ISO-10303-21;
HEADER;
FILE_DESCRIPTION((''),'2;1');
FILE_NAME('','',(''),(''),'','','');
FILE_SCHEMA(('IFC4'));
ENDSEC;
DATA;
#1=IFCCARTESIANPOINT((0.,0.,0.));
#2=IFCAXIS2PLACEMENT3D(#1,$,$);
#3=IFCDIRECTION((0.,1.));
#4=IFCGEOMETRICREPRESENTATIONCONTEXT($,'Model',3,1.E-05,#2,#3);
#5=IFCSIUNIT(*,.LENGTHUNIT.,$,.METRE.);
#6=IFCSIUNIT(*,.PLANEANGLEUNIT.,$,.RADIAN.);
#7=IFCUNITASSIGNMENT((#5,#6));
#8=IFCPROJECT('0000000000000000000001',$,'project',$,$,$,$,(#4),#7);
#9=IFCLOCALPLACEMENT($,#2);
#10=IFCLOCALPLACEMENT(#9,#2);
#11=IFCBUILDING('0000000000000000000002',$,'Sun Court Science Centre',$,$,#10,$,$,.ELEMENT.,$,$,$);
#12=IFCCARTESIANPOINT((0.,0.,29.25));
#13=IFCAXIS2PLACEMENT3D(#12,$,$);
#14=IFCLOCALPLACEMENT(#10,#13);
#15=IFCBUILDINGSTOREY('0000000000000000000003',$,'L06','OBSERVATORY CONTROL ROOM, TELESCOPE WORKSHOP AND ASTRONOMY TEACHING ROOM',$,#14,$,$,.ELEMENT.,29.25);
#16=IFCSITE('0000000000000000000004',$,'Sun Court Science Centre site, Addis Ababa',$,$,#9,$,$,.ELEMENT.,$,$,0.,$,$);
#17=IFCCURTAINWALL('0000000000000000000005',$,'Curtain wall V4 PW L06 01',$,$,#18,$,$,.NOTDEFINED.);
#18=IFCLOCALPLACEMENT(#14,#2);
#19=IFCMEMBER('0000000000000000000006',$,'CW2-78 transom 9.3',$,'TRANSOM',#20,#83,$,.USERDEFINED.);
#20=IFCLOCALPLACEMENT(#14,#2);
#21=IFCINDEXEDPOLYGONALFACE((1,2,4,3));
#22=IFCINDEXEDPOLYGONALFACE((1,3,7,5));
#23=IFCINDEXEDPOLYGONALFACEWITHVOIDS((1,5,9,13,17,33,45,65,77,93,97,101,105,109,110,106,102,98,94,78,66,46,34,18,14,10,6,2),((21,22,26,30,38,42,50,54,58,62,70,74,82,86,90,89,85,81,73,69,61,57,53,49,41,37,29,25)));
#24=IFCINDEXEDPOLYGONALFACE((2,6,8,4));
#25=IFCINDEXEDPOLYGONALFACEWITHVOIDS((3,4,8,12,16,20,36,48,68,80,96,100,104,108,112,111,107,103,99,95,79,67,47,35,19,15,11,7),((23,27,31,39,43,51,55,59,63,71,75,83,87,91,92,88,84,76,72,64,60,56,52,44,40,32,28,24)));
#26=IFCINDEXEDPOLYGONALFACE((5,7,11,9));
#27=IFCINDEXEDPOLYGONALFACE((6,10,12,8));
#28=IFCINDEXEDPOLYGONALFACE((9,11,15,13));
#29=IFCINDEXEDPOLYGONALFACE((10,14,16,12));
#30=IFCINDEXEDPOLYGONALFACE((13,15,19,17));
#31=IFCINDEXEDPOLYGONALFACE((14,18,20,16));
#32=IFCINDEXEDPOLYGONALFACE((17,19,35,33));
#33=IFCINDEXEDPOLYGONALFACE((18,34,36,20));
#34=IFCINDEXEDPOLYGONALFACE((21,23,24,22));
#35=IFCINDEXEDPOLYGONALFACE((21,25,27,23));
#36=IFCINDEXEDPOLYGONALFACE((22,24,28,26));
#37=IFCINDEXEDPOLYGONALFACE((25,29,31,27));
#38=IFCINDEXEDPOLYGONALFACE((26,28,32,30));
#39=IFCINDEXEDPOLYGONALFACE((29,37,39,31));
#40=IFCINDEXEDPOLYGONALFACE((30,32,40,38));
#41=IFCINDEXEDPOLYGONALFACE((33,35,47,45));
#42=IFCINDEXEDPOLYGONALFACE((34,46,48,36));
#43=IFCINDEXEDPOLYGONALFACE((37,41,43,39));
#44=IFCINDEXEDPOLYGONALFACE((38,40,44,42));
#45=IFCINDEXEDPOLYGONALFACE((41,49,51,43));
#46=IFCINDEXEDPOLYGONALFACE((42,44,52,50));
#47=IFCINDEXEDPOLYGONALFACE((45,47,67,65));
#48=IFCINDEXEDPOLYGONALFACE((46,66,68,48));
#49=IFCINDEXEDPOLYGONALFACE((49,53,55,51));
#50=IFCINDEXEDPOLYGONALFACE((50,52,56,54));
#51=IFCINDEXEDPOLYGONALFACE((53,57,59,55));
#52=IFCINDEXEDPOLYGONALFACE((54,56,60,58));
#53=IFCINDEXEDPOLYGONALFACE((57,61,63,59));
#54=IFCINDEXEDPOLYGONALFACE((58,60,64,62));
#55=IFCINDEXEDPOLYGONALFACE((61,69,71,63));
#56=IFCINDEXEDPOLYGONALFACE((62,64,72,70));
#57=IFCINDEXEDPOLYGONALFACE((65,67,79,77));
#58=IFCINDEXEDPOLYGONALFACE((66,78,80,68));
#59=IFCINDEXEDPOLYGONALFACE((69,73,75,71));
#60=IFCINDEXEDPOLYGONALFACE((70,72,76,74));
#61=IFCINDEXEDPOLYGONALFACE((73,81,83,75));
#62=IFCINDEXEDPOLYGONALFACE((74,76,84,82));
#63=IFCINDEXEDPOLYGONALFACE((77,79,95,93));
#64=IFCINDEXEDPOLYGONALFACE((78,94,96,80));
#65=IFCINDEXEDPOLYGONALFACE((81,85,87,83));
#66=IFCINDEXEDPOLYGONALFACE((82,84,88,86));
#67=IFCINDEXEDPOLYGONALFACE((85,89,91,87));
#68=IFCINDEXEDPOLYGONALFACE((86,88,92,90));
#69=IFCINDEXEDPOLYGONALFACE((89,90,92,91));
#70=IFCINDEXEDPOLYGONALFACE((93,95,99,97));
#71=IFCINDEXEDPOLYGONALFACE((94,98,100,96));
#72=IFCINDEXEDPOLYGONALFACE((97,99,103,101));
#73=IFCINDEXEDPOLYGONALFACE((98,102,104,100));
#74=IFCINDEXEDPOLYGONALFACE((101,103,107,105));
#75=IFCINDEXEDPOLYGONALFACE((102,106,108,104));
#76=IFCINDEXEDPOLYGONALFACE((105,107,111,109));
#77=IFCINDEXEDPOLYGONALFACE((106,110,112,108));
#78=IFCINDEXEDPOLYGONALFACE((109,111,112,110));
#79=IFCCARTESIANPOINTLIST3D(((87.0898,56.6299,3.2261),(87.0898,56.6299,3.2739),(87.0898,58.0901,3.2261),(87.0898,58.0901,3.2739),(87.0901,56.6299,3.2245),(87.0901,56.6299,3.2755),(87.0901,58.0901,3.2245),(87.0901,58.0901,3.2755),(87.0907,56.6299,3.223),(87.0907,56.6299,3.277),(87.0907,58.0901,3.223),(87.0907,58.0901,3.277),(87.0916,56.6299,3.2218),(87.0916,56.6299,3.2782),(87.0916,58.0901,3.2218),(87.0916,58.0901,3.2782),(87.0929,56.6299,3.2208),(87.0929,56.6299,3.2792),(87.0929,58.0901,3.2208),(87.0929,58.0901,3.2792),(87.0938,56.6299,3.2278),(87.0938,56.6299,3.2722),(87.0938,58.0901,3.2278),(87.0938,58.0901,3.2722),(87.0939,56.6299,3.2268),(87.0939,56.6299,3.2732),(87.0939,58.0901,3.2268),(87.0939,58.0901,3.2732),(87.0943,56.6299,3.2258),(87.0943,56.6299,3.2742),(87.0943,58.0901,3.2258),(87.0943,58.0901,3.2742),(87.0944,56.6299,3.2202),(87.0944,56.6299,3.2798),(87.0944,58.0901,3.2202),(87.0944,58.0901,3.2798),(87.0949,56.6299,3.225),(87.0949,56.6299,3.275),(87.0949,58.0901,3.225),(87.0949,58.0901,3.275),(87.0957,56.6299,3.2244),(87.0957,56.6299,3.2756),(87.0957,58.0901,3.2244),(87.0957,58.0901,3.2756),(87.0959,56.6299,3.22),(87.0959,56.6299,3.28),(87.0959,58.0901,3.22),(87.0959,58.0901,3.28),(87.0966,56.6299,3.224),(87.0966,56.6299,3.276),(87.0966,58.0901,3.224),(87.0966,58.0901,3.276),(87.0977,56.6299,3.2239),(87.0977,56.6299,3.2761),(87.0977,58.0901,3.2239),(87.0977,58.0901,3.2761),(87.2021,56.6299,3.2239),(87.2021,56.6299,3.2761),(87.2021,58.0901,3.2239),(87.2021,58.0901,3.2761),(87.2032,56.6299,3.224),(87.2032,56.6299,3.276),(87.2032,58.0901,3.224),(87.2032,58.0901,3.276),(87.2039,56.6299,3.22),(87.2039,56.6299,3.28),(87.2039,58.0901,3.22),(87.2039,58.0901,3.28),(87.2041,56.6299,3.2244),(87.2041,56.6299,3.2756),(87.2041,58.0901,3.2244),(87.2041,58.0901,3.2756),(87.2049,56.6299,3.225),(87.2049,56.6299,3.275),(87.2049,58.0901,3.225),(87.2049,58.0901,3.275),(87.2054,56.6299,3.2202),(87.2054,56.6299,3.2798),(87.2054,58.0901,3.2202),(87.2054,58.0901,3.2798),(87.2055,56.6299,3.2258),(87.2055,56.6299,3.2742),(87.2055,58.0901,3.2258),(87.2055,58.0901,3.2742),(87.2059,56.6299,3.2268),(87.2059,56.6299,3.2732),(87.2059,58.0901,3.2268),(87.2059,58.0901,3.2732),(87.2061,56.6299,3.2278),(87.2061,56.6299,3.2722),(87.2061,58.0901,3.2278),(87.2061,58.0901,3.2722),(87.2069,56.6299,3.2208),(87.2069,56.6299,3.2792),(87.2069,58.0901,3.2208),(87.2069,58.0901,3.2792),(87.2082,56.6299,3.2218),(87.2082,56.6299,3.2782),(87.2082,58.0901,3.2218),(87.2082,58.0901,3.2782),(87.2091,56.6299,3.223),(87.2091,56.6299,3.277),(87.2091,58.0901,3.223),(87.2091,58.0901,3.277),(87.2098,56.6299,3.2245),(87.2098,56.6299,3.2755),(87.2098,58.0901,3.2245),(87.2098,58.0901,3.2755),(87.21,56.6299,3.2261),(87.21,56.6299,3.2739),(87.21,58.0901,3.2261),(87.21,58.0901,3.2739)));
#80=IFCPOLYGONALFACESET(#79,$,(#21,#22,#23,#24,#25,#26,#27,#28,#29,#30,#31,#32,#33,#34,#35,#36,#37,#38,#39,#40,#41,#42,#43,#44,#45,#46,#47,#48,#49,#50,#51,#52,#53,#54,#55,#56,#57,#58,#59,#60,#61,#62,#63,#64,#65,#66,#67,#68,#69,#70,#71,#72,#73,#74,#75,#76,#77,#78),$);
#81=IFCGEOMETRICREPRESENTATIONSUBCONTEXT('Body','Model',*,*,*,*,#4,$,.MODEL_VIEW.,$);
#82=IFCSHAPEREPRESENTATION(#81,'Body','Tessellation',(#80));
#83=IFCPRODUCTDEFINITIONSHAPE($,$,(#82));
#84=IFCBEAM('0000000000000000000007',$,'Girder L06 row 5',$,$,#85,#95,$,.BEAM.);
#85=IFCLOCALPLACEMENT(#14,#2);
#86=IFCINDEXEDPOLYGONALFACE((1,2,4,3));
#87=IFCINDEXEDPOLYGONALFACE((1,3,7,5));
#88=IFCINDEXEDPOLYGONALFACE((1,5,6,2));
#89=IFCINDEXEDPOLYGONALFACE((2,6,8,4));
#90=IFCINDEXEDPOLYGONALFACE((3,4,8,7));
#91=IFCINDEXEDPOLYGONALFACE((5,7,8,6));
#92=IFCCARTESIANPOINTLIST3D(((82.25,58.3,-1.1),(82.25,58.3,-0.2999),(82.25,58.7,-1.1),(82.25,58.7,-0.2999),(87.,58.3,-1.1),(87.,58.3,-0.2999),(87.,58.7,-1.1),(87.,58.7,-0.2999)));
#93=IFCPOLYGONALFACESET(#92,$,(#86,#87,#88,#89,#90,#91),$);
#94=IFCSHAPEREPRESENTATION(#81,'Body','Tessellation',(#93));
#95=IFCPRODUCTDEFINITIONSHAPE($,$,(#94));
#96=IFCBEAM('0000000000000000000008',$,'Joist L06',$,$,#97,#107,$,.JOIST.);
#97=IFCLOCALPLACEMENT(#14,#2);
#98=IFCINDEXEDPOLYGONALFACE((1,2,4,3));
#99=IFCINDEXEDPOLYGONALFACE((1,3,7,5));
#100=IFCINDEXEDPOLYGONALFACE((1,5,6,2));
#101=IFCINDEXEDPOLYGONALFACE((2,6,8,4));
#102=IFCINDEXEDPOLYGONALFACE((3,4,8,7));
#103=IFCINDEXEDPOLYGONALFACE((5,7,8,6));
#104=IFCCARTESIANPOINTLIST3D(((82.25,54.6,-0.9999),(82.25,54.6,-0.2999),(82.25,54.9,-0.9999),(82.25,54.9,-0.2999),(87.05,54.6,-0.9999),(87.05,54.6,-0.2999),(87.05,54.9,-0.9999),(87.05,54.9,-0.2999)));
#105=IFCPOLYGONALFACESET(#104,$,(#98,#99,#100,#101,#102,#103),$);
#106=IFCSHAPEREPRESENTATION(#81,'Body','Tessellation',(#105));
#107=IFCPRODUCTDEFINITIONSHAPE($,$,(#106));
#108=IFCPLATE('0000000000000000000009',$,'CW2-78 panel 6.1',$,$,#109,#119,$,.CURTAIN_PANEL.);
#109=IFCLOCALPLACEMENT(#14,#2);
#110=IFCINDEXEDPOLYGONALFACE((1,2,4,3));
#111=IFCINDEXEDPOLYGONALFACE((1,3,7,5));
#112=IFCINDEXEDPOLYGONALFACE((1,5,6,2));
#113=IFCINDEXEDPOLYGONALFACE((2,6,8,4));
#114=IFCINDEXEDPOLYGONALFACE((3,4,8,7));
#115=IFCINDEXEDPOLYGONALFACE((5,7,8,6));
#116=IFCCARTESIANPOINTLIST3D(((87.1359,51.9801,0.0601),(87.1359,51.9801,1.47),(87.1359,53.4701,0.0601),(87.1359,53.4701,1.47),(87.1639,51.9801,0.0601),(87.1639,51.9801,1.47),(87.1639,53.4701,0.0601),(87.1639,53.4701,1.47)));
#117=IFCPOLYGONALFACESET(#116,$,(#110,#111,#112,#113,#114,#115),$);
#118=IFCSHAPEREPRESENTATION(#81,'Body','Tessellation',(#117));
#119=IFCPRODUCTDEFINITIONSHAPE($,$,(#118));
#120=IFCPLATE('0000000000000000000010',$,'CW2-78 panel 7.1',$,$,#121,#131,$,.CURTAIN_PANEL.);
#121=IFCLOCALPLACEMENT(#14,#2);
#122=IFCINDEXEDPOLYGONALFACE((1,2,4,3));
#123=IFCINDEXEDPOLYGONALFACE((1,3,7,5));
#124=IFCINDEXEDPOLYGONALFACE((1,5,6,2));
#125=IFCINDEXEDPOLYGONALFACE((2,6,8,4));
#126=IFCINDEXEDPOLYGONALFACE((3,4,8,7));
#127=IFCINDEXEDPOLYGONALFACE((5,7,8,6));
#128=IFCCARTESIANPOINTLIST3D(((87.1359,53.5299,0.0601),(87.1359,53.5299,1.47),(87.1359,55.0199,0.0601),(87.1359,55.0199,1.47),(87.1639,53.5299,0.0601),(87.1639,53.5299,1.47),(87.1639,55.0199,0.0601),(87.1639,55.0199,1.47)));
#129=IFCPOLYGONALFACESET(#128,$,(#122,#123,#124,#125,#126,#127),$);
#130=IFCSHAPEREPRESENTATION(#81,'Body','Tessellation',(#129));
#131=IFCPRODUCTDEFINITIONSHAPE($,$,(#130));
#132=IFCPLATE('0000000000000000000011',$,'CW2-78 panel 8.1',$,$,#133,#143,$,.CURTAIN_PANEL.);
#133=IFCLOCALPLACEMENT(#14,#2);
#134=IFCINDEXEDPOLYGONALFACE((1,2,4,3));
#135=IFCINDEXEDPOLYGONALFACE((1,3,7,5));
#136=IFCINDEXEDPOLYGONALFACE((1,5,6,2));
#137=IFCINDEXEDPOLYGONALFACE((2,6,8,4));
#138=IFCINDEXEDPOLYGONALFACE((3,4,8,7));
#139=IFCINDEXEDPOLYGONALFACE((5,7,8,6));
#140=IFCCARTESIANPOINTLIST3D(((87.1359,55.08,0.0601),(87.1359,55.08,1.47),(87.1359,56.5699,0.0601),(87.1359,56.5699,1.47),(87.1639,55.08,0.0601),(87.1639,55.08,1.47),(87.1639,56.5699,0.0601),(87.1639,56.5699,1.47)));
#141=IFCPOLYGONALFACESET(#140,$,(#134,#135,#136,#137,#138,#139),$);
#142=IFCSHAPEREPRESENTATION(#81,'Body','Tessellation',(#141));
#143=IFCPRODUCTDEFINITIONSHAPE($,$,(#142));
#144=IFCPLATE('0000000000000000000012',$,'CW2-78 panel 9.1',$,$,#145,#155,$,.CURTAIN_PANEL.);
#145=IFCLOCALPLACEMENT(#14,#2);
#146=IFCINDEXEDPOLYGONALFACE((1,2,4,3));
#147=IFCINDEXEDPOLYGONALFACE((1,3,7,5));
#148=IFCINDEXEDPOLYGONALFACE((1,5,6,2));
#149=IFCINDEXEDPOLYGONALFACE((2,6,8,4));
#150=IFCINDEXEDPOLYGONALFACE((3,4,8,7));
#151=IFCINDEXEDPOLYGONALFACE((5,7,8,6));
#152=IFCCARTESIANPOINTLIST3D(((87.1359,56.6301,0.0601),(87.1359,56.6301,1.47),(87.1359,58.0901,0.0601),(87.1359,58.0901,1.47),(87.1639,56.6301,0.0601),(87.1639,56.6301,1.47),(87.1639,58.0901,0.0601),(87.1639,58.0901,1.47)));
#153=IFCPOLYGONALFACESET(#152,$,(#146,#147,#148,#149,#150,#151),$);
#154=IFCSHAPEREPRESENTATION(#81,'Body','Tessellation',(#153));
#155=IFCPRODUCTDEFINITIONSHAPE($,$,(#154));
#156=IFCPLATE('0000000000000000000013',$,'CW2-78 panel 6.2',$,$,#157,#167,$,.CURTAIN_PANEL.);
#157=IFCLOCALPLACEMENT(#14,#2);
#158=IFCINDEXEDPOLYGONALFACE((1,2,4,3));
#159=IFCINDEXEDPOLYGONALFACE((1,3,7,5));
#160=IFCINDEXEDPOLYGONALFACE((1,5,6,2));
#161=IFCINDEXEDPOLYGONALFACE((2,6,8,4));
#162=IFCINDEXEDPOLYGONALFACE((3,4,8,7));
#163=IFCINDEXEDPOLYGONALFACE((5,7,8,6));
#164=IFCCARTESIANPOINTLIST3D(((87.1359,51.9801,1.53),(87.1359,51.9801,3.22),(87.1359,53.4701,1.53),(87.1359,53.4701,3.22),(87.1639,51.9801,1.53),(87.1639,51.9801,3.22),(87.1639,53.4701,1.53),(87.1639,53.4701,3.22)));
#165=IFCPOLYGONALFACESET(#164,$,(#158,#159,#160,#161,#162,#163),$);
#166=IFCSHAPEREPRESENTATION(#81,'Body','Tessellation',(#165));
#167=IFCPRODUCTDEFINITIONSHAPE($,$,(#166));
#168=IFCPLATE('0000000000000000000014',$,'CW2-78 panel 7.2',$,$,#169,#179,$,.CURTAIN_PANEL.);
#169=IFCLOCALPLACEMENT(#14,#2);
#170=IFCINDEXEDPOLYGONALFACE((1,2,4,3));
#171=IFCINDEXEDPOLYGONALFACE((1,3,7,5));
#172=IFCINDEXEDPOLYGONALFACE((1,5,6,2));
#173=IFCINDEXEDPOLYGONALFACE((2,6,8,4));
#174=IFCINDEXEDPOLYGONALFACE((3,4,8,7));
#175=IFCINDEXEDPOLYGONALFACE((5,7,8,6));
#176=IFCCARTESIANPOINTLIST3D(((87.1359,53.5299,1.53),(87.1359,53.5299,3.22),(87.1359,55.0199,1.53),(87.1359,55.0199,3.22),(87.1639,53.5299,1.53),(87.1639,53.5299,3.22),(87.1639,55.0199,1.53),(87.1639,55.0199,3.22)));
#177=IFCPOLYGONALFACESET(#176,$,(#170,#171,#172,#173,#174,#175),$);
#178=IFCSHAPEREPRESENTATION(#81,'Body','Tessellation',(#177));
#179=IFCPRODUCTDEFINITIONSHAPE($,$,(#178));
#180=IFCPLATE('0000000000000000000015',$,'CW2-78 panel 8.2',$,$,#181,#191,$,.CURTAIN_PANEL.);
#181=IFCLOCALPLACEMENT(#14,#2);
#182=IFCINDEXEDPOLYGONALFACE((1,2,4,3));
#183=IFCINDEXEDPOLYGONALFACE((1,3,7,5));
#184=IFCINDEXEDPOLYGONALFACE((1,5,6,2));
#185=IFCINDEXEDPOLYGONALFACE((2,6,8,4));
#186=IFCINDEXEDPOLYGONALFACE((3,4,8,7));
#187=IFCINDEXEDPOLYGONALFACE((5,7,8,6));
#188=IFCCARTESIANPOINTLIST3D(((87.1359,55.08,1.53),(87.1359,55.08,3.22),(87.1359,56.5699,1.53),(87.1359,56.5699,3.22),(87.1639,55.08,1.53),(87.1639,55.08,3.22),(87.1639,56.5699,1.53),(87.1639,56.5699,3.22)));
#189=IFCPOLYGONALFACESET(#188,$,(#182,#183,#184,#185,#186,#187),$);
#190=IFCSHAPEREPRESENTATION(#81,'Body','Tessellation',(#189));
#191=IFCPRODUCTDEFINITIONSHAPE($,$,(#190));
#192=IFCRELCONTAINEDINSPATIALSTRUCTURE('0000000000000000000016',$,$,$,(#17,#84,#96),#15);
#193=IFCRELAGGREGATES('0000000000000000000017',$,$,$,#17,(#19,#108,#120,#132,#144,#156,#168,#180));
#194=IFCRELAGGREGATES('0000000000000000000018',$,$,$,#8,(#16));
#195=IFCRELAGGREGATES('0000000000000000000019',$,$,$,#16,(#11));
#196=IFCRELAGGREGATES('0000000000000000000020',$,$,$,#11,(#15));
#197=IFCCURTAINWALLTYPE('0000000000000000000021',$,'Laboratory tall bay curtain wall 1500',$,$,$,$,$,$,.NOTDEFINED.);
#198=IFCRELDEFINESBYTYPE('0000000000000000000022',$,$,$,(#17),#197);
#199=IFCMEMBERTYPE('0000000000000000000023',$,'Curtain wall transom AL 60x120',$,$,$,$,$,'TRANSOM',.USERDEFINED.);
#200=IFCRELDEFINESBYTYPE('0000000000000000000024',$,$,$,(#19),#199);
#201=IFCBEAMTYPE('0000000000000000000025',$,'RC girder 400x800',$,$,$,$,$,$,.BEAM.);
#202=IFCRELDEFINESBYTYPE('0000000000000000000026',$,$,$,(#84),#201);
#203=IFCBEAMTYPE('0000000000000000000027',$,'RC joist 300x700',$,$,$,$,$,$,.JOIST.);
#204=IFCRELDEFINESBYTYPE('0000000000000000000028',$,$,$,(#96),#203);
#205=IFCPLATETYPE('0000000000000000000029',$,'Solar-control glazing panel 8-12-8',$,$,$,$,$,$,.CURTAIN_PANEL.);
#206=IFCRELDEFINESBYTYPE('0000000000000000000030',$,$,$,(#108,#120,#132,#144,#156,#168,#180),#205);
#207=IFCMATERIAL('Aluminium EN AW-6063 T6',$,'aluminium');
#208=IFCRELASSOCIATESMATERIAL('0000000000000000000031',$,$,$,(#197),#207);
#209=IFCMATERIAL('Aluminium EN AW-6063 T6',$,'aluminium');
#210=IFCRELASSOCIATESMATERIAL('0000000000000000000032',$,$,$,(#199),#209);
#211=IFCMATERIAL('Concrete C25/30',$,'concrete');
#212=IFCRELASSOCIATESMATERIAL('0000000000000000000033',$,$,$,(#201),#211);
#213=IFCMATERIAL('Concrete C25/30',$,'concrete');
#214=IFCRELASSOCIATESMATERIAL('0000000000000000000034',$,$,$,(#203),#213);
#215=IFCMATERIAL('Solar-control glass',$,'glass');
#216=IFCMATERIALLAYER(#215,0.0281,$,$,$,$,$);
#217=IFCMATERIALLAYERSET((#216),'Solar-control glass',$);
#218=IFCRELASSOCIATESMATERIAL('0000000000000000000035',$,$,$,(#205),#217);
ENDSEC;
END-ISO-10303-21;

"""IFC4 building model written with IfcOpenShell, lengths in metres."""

from ifc_helpers import new_model, si_unit, direction, frame, origin, origin_2d, place, context, subcontext, project, spatial, rectangle, hollow_rectangle, extrude, material, layer, layer_set, material_profile, profile_set, type_object, element, aggregate, save


model = new_model("IFC4")

# Units and contexts
model_context = context("Model", 3, precision=1e-05, world=origin(), true_north=direction((0.0, 1.0)))
body_context = subcontext(model_context, "Body", "Model", "MODEL_VIEW")
ifc_project = project(units=[si_unit("LENGTHUNIT", "METRE"), si_unit("PLANEANGLEUNIT", "RADIAN")], contexts=[model_context])

# Site, building, storey
site_placement = place(None, origin())
site = spatial("IfcSite", under=ifc_project, at=site_placement, Name="Sun Court Science Centre site, Addis Ababa", CompositionType="ELEMENT", RefElevation=0.0)
building_placement = place(site_placement, origin())
building = spatial("IfcBuilding", under=site, at=building_placement, Name="Sun Court Science Centre", CompositionType="ELEMENT")
storey_placement = place(building_placement, frame((0.0, 0.0, 29.25)))
storey = spatial("IfcBuildingStorey", under=building, at=storey_placement, Name="L06", Description="OBSERVATORY CONTROL ROOM, TELESCOPE WORKSHOP AND ASTRONOMY TEACHING ROOM", CompositionType="ELEMENT", Elevation=29.25)

# Curtain wall, member
ifc_material_1 = material(Name="Aluminium EN AW-6063 T6", Category="aluminium")
curtain_wall_type = type_object("IfcCurtainWallType", Name="Laboratory tall bay curtain wall 1500", PredefinedType="NOTDEFINED", material=ifc_material_1)
curtain_wall_placement = place(storey_placement, origin())
curtain_wall = element("IfcCurtainWall", 1, at=curtain_wall_placement, inside=storey, type_object=curtain_wall_type, Name="Curtain wall V4 PW L06 01", PredefinedType="NOTDEFINED")
ifc_material_2 = material(Name="Aluminium EN AW-6063 T6", Category="aluminium")
ifc_material_profile_1 = material_profile(ifc_material_2, hollow_rectangle(XDim=0.0601, YDim=0.1201, WallThickness=0.0039, InnerFilletRadius=0.0039, OuterFilletRadius=0.0061, at=origin_2d()), Name="AL 60x120x4")
ifc_profile_set_1 = profile_set([ifc_material_profile_1], Name="Aluminium EN AW-6063 T6")
member_type_1 = type_object("IfcMemberType", Name="Curtain wall transom AL 60x120", ElementType="TRANSOM", PredefinedType="USERDEFINED", material=ifc_profile_set_1)
member_1_placement = place(storey_placement, frame((87.1499, 56.6299, 3.25), z_axis=(0.0, 1.0, 0.0), x_axis=(0.0, 0.0, 1.0)))
member_1 = element("IfcMember", 2, at=member_1_placement, type_object=member_type_1, Name="CW2-78 transom 9.3", ObjectType="TRANSOM", PredefinedType="USERDEFINED", context=body_context, shape_type="SweptSolid", body=[
    extrude(hollow_rectangle(XDim=0.0601, YDim=0.1201, WallThickness=0.0039, InnerFilletRadius=0.0039, OuterFilletRadius=0.0061, at=origin_2d()), origin(), (0.0, 0.0, 1.0), 1.4602),
])

# Beams
ifc_material_3 = material(Name="Concrete C25/30", Category="concrete")
ifc_material_profile_2 = material_profile(ifc_material_3, rectangle(XDim=0.3999, YDim=0.8, at=origin_2d()), Name="RC 400x800")
ifc_profile_set_2 = profile_set([ifc_material_profile_2], Name="Concrete C25/30")
beam_type_1 = type_object("IfcBeamType", Name="RC girder 400x800", PredefinedType="BEAM", material=ifc_profile_set_2)
beam_1_placement = place(storey_placement, frame((82.25, 58.5, -0.7), z_axis=(1.0, 0.0, 0.0), x_axis=(0.0, 1.0, 0.0)))
element("IfcBeam", 3, at=beam_1_placement, inside=storey, type_object=beam_type_1, Name="Girder L06 row 5", PredefinedType="BEAM", context=body_context, shape_type="SweptSolid", body=[
    extrude(rectangle(XDim=0.3999, YDim=0.8, at=origin_2d()), origin(), (0.0, 0.0, 1.0), 4.75),
])
ifc_material_4 = material(Name="Concrete C25/30", Category="concrete")
ifc_material_profile_3 = material_profile(ifc_material_4, rectangle(XDim=0.3, YDim=0.7, at=origin_2d()), Name="RC 300x700")
ifc_profile_set_3 = profile_set([ifc_material_profile_3], Name="Concrete C25/30")
beam_type_2 = type_object("IfcBeamType", Name="RC joist 300x700", PredefinedType="JOIST", material=ifc_profile_set_3)
beam_2_placement = place(storey_placement, frame((82.25, 54.75, -0.6499), z_axis=(1.0, 0.0, 0.0), x_axis=(0.0, 1.0, 0.0)))
element("IfcBeam", 4, at=beam_2_placement, inside=storey, type_object=beam_type_2, Name="Joist L06", PredefinedType="JOIST", context=body_context, shape_type="SweptSolid", body=[
    extrude(rectangle(XDim=0.3, YDim=0.7, at=origin_2d()), origin(), (0.0, 0.0, 1.0), 4.8),
])

# Plates
ifc_material_5 = material(Name="Solar-control glass", Category="glass")
ifc_layer_1 = layer(ifc_material_5, 0.0281)
ifc_layer_set_1 = layer_set([ifc_layer_1], Name="Solar-control glass")
plate_type = type_object("IfcPlateType", Name="Solar-control glazing panel 8-12-8", PredefinedType="CURTAIN_PANEL", material=ifc_layer_set_1)
plate_1_placement = place(storey_placement, frame((87.1499, 52.7251, 0.0601), z_axis=(0.0, 0.0, 1.0), x_axis=(0.0, 1.0, 0.0)))
plate_1 = element("IfcPlate", 5, at=plate_1_placement, type_object=plate_type, Name="CW2-78 panel 6.1", PredefinedType="CURTAIN_PANEL", context=body_context, shape_type="SweptSolid", body=[
    extrude(rectangle(XDim=1.49, YDim=0.0281, at=origin_2d()), origin(), (0.0, 0.0, 1.0), 1.4099),
])
plate_2_placement = place(storey_placement, frame((87.1499, 54.2749, 0.0601), z_axis=(0.0, 0.0, 1.0), x_axis=(0.0, 1.0, 0.0)))
plate_2 = element("IfcPlate", 6, at=plate_2_placement, type_object=plate_type, Name="CW2-78 panel 7.1", PredefinedType="CURTAIN_PANEL", context=body_context, shape_type="SweptSolid", body=[
    extrude(rectangle(XDim=1.49, YDim=0.0281, at=origin_2d()), origin(), (0.0, 0.0, 1.0), 1.4099),
])
plate_3_placement = place(storey_placement, frame((87.1499, 55.825, 0.0601), z_axis=(0.0, 0.0, 1.0), x_axis=(0.0, 1.0, 0.0)))
plate_3 = element("IfcPlate", 7, at=plate_3_placement, type_object=plate_type, Name="CW2-78 panel 8.1", PredefinedType="CURTAIN_PANEL", context=body_context, shape_type="SweptSolid", body=[
    extrude(rectangle(XDim=1.49, YDim=0.0281, at=origin_2d()), origin(), (0.0, 0.0, 1.0), 1.4099),
])
plate_4_placement = place(storey_placement, frame((87.1499, 57.3601, 0.0601), z_axis=(0.0, 0.0, 1.0), x_axis=(0.0, 1.0, 0.0)))
plate_4 = element("IfcPlate", 8, at=plate_4_placement, type_object=plate_type, Name="CW2-78 panel 9.1", PredefinedType="CURTAIN_PANEL", context=body_context, shape_type="SweptSolid", body=[
    extrude(rectangle(XDim=1.46, YDim=0.0281, at=origin_2d()), origin(), (0.0, 0.0, 1.0), 1.4099),
])
plate_5_placement = place(storey_placement, frame((87.1499, 52.7251, 1.53), z_axis=(0.0, 0.0, 1.0), x_axis=(0.0, 1.0, 0.0)))
plate_5 = element("IfcPlate", 9, at=plate_5_placement, type_object=plate_type, Name="CW2-78 panel 6.2", PredefinedType="CURTAIN_PANEL", context=body_context, shape_type="SweptSolid", body=[
    extrude(rectangle(XDim=1.49, YDim=0.0281, at=origin_2d()), origin(), (0.0, 0.0, 1.0), 1.6899),
])
plate_6_placement = place(storey_placement, frame((87.1499, 54.2749, 1.53), z_axis=(0.0, 0.0, 1.0), x_axis=(0.0, 1.0, 0.0)))
plate_6 = element("IfcPlate", 10, at=plate_6_placement, type_object=plate_type, Name="CW2-78 panel 7.2", PredefinedType="CURTAIN_PANEL", context=body_context, shape_type="SweptSolid", body=[
    extrude(rectangle(XDim=1.49, YDim=0.0281, at=origin_2d()), origin(), (0.0, 0.0, 1.0), 1.6899),
])
plate_7_placement = place(storey_placement, frame((87.1499, 55.825, 1.53), z_axis=(0.0, 0.0, 1.0), x_axis=(0.0, 1.0, 0.0)))
plate_7 = element("IfcPlate", 11, at=plate_7_placement, type_object=plate_type, Name="CW2-78 panel 8.2", PredefinedType="CURTAIN_PANEL", context=body_context, shape_type="SweptSolid", body=[
    extrude(rectangle(XDim=1.49, YDim=0.0281, at=origin_2d()), origin(), (0.0, 0.0, 1.0), 1.6899),
])
aggregate(curtain_wall, [member_1, plate_1, plate_2, plate_3, plate_4, plate_5, plate_6, plate_7])

save(model, "model.ifc")
